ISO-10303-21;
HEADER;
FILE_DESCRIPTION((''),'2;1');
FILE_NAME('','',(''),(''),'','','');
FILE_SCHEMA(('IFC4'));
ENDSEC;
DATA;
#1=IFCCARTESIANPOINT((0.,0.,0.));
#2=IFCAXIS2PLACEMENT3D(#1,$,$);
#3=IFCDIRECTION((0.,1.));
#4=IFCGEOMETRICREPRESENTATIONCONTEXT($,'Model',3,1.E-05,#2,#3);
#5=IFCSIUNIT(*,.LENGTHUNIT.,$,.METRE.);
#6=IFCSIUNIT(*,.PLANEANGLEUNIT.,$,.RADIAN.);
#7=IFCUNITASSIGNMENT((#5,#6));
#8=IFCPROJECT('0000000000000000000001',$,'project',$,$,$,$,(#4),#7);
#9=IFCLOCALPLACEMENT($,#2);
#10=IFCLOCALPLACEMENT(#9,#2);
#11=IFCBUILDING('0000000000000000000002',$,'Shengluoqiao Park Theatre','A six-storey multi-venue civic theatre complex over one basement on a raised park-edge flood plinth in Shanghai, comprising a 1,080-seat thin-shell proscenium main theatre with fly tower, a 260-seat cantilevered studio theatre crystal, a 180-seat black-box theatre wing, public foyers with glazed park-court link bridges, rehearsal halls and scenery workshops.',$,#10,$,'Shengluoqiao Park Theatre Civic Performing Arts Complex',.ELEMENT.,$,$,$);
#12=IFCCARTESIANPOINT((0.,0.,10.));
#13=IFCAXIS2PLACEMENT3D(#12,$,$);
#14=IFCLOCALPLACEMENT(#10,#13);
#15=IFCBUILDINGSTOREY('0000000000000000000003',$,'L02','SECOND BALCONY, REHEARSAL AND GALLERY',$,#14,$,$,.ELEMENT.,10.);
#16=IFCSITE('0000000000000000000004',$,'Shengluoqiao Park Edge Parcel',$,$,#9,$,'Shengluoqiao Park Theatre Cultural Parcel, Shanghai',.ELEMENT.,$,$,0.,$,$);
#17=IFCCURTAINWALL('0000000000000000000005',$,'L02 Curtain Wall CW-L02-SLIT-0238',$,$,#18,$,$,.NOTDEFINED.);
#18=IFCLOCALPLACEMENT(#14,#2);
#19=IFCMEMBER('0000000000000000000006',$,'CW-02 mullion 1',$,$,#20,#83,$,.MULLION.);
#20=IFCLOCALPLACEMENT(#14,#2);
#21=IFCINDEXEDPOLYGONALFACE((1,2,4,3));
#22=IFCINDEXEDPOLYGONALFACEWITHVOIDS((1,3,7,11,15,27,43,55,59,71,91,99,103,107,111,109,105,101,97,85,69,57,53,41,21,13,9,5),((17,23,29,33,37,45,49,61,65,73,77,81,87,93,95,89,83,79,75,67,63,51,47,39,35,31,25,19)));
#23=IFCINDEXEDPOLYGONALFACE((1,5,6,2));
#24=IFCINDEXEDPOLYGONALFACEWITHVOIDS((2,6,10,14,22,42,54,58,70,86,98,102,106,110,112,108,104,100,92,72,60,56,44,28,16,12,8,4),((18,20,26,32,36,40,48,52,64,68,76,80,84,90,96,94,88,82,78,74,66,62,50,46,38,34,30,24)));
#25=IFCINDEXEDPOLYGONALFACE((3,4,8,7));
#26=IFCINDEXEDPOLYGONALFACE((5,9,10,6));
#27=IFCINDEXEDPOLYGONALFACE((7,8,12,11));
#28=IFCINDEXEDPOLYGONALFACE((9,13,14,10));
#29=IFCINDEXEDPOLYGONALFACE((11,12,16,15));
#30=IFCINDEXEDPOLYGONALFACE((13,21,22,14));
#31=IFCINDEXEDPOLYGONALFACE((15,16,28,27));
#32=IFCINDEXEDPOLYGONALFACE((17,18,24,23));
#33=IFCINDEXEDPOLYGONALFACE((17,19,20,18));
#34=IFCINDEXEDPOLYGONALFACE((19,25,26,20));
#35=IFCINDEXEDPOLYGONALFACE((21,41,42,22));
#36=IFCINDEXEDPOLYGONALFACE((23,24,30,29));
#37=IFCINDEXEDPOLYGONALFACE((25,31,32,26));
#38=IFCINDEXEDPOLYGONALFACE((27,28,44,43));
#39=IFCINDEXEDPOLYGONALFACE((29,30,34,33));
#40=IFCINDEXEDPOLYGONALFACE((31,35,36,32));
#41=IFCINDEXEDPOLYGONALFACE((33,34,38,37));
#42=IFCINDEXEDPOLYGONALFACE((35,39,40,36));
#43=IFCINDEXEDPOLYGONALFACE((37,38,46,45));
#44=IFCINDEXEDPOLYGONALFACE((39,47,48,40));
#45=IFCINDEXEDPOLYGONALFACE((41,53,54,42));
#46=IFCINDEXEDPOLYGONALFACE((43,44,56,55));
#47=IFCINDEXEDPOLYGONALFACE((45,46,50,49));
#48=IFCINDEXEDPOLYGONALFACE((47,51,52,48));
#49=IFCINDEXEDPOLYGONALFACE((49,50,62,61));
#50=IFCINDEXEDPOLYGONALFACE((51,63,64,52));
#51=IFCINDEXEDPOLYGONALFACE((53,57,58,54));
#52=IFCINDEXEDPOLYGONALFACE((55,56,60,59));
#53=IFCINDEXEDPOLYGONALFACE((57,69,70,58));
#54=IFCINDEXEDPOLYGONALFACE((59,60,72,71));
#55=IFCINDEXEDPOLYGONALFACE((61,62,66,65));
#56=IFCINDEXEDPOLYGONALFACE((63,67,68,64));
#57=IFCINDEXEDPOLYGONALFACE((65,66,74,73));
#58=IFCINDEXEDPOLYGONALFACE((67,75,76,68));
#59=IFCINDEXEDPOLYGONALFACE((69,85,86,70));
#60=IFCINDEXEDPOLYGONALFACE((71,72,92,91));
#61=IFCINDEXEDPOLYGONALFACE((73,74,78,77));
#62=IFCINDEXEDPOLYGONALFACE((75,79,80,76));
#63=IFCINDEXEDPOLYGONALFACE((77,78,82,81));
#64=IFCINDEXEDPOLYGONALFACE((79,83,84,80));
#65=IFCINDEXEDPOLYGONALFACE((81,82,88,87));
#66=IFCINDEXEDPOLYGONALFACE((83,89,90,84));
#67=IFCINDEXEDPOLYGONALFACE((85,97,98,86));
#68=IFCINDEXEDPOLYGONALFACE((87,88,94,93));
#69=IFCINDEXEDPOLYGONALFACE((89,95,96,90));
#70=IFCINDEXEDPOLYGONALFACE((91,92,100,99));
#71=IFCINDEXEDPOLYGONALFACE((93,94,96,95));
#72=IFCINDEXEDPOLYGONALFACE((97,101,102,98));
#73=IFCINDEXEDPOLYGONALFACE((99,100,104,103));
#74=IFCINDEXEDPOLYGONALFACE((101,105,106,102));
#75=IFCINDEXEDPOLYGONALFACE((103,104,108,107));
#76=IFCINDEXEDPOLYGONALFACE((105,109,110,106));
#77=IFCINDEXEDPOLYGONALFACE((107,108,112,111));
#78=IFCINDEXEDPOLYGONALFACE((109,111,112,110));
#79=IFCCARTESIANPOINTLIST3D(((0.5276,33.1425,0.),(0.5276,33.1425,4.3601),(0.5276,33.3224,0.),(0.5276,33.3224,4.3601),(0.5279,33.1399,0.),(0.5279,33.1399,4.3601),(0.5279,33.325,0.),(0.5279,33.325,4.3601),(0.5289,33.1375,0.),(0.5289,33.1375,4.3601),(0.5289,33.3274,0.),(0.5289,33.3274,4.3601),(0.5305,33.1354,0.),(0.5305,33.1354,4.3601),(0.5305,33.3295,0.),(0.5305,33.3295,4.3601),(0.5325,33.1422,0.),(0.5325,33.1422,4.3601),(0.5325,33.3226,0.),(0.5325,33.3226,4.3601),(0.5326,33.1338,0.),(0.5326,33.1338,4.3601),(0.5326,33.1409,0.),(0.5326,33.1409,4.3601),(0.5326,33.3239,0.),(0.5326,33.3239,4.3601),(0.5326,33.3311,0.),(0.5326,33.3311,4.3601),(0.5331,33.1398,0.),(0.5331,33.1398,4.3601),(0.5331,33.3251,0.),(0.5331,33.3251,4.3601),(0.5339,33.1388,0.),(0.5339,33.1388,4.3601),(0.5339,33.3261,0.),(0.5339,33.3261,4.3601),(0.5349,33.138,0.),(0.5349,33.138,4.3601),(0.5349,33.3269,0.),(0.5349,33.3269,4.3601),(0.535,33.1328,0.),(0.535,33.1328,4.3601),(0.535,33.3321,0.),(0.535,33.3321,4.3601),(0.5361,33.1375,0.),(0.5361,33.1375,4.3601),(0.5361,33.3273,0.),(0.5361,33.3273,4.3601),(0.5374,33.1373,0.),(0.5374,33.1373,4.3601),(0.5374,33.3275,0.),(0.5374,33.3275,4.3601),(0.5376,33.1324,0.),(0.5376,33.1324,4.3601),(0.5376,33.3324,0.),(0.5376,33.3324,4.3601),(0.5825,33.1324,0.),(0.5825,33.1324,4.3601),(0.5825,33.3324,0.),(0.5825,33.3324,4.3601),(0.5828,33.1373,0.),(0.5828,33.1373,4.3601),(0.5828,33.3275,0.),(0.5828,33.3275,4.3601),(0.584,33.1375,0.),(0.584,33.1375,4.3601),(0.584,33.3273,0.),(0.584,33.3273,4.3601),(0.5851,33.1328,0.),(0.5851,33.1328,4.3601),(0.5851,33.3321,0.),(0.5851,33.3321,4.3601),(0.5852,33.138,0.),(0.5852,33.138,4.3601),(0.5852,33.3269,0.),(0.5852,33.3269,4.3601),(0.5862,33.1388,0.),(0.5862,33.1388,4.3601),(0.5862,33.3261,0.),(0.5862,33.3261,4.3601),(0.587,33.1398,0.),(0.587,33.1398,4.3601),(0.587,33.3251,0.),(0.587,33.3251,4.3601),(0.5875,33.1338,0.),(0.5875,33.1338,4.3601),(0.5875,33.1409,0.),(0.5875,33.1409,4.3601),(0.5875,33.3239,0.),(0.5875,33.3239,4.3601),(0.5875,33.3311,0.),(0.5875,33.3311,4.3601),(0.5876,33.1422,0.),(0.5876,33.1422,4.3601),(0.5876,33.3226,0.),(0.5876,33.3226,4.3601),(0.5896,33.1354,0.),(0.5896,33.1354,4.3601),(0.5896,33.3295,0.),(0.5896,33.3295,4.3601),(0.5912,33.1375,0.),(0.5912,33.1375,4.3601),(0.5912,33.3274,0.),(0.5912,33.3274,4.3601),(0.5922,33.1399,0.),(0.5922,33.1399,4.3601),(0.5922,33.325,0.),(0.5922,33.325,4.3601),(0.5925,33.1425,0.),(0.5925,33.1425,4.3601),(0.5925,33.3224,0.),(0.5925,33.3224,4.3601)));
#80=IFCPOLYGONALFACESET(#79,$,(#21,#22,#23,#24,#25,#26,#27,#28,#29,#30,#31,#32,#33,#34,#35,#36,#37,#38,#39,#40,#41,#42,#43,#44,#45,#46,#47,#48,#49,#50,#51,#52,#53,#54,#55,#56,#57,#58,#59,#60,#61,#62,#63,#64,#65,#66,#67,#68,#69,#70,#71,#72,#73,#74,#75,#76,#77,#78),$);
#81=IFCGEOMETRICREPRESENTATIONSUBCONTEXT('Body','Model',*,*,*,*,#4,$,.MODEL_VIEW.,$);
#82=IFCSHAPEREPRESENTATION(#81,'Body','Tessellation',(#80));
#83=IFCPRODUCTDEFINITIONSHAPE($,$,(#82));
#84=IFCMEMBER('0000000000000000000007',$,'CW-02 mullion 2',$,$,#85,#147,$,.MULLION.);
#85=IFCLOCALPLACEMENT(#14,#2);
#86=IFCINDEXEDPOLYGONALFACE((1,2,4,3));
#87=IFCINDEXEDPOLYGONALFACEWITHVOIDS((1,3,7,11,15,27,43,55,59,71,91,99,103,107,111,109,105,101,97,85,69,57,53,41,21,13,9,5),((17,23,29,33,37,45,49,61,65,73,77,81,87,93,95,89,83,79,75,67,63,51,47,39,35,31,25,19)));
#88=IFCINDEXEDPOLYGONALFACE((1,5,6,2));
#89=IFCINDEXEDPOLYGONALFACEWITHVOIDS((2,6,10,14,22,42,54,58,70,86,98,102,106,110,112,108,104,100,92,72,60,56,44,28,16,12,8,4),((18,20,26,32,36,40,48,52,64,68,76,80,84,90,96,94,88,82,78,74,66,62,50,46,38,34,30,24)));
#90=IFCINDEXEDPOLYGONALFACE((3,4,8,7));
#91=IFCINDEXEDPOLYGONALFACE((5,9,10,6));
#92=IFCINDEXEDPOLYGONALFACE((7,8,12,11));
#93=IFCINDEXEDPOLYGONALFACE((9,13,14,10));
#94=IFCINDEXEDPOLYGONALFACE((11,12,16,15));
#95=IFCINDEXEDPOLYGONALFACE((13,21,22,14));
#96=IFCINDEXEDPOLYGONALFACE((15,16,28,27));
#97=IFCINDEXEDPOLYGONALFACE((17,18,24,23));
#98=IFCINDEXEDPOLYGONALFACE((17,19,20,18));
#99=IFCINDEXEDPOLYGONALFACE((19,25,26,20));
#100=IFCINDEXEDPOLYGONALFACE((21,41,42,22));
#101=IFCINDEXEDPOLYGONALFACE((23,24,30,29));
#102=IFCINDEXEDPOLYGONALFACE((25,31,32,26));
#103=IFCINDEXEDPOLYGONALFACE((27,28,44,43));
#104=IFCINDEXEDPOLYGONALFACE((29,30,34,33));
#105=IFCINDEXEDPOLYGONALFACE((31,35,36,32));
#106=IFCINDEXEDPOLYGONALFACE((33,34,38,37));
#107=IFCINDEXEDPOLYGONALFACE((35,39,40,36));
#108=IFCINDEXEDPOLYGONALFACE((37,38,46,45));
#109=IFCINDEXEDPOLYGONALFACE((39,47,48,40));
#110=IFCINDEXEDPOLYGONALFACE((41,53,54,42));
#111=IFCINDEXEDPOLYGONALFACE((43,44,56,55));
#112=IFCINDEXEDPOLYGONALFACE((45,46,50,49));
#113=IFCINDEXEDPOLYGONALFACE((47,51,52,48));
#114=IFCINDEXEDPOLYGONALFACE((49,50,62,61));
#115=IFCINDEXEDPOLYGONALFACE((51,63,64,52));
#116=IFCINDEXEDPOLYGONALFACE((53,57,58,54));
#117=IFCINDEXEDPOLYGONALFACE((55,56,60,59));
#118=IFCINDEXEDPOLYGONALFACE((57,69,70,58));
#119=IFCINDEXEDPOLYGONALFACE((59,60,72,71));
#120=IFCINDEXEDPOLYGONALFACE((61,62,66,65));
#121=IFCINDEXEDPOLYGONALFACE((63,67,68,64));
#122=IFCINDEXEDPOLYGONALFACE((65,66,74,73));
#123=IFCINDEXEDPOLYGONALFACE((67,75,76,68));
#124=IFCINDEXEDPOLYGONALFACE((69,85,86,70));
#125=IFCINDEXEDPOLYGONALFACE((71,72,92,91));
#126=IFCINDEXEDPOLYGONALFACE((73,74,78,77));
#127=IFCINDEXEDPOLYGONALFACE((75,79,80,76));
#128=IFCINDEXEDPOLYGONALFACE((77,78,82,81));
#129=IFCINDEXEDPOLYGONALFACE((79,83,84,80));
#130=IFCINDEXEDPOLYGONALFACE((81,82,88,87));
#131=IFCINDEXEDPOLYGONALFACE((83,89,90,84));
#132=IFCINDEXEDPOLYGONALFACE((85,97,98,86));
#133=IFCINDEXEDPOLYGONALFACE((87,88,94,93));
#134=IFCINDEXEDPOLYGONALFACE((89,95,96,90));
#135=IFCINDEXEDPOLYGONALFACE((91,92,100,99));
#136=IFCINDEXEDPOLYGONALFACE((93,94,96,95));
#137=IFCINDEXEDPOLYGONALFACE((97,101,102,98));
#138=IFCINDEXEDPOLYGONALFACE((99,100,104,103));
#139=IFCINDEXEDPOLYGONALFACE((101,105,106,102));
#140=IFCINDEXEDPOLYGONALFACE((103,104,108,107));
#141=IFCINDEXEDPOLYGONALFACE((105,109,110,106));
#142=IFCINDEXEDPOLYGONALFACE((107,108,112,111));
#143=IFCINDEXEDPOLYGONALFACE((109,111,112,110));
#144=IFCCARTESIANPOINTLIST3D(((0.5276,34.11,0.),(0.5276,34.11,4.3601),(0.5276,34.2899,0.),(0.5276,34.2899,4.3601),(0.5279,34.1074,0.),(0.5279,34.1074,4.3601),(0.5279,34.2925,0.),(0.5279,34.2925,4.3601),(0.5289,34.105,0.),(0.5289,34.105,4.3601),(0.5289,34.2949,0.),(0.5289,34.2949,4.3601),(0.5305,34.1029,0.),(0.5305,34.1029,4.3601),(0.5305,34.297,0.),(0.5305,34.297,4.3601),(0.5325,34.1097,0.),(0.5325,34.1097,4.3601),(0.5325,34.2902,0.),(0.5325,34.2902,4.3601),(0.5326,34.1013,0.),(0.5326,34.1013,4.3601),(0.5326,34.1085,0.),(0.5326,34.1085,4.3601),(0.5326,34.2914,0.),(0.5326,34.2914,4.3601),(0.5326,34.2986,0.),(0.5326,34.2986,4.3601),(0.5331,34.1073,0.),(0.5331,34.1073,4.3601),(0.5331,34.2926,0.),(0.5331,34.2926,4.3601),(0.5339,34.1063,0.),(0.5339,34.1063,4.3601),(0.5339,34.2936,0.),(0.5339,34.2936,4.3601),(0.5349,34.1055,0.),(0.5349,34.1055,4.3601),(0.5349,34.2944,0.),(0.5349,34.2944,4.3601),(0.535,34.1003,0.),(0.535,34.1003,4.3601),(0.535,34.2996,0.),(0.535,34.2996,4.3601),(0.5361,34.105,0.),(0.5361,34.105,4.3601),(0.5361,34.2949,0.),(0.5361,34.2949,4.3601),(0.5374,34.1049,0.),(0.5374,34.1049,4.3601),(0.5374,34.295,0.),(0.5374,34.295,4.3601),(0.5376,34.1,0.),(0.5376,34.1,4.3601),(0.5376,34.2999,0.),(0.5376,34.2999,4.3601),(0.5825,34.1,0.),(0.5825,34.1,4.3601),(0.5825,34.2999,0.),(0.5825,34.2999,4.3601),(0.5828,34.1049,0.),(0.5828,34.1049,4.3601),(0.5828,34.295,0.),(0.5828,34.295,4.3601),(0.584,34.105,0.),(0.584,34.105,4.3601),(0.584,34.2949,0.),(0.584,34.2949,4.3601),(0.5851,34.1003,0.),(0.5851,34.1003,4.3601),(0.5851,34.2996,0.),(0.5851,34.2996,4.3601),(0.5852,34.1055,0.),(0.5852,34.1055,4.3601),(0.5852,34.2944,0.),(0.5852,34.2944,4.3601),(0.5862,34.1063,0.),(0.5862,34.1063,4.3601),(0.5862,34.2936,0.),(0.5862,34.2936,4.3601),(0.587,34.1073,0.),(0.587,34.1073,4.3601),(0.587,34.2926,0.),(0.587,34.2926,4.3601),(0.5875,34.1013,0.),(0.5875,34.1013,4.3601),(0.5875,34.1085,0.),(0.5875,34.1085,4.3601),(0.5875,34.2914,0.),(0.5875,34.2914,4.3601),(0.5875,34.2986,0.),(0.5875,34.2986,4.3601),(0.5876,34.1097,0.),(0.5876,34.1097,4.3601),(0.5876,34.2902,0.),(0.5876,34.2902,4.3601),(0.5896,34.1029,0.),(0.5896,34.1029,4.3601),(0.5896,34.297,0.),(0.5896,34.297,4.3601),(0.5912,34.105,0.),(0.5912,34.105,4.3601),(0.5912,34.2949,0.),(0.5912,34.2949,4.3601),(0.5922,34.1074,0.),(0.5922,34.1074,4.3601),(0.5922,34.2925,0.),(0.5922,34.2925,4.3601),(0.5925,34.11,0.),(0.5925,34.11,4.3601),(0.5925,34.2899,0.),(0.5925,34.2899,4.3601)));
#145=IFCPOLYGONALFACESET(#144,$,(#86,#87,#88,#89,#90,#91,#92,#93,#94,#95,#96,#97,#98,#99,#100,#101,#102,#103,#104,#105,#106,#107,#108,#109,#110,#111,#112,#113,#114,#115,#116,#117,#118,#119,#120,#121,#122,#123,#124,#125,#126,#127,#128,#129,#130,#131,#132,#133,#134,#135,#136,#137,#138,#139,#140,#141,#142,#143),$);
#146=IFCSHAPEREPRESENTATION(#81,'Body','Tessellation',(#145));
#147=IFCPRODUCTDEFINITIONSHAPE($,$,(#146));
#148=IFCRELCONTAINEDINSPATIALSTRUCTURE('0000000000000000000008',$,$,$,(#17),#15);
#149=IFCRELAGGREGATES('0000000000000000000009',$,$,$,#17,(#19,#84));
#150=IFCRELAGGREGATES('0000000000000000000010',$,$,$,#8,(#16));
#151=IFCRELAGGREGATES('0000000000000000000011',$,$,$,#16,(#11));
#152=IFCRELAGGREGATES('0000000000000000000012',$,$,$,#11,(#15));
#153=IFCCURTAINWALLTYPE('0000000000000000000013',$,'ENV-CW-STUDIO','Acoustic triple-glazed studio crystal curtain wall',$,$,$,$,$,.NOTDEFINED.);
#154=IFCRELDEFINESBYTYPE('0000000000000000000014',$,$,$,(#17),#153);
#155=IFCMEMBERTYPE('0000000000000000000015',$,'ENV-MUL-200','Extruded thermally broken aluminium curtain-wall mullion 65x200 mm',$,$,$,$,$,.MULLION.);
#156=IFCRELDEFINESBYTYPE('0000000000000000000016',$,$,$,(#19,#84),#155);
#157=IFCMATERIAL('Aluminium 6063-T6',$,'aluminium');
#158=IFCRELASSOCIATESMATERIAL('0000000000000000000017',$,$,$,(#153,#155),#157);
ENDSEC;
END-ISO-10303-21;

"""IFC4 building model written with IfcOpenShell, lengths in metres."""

from ifc_helpers import new_model, si_unit, direction, frame, origin, origin_2d, place, context, subcontext, project, spatial, hollow_rectangle, extrude, material, material_profile, profile_set, type_object, element, aggregate, save


model = new_model("IFC4")

# Units and contexts
model_context = context("Model", 3, precision=1e-05, world=origin(), true_north=direction((0.0, 1.0)))
body_context = subcontext(model_context, "Body", "Model", "MODEL_VIEW")
ifc_project = project(units=[si_unit("LENGTHUNIT", "METRE"), si_unit("PLANEANGLEUNIT", "RADIAN")], contexts=[model_context])

# Site, building, storey
site_placement = place(None, origin())
site = spatial("IfcSite", under=ifc_project, at=site_placement, Name="Shengluoqiao Park Edge Parcel", LongName="Shengluoqiao Park Theatre Cultural Parcel, Shanghai", CompositionType="ELEMENT", RefElevation=0.0)
building_placement = place(site_placement, origin())
building = spatial("IfcBuilding", under=site, at=building_placement, Name="Shengluoqiao Park Theatre", Description="A six-storey multi-venue civic theatre complex over one basement on a raised park-edge flood plinth in Shanghai, comprising a 1,080-seat thin-shell proscenium main theatre with fly tower, a 260-seat cantilevered studio theatre crystal, a 180-seat black-box theatre wing, public foyers with glazed park-court link bridges, rehearsal halls and scenery workshops.", LongName="Shengluoqiao Park Theatre Civic Performing Arts Complex", CompositionType="ELEMENT")
storey_placement = place(building_placement, frame((0.0, 0.0, 10.0)))
storey = spatial("IfcBuildingStorey", under=building, at=storey_placement, Name="L02", Description="SECOND BALCONY, REHEARSAL AND GALLERY", CompositionType="ELEMENT", Elevation=10.0)

# Curtain wall, members
ifc_material_1 = material(Name="Aluminium 6063-T6", Category="aluminium")
curtain_wall_type = type_object("IfcCurtainWallType", Name="ENV-CW-STUDIO", Description="Acoustic triple-glazed studio crystal curtain wall", PredefinedType="NOTDEFINED", material=ifc_material_1)
curtain_wall_placement = place(storey_placement, origin())
curtain_wall = element("IfcCurtainWall", 1, at=curtain_wall_placement, inside=storey, type_object=curtain_wall_type, Name="L02 Curtain Wall CW-L02-SLIT-0238", PredefinedType="NOTDEFINED")
ifc_material_profile_1 = material_profile(ifc_material_1, hollow_rectangle(XDim=0.0649, YDim=0.2, WallThickness=0.0049, InnerFilletRadius=0.0049, OuterFilletRadius=0.01, at=origin_2d()), Name="ALU MULLION 200x65x5")
ifc_profile_set_1 = profile_set([ifc_material_profile_1], Name="Aluminium 6063-T6")
member_type_1 = type_object("IfcMemberType", Name="ENV-MUL-200", Description="Extruded thermally broken aluminium curtain-wall mullion 65x200 mm", PredefinedType="MULLION", material=ifc_profile_set_1)
member_1_placement = place(storey_placement, frame((0.5601, 33.2324, 0.0), z_axis=(0.0, 0.0, 1.0), x_axis=(-1.0, 0.0, 0.0)))
member_1 = element("IfcMember", 2, at=member_1_placement, type_object=member_type_1, Name="CW-02 mullion 1", PredefinedType="MULLION", context=body_context, shape_type="SweptSolid", body=[
    extrude(hollow_rectangle(XDim=0.0649, YDim=0.2, WallThickness=0.0049, InnerFilletRadius=0.0049, OuterFilletRadius=0.01, at=origin_2d()), origin(), (0.0, 0.0, 1.0), 4.3601),
])
member_2_placement = place(storey_placement, frame((0.5601, 34.2, 0.0), z_axis=(0.0, 0.0, 1.0), x_axis=(-1.0, 0.0, 0.0)))
member_2 = element("IfcMember", 3, at=member_2_placement, type_object=member_type_1, Name="CW-02 mullion 2", PredefinedType="MULLION", context=body_context, shape_type="SweptSolid", body=[
    extrude(hollow_rectangle(XDim=0.0649, YDim=0.2, WallThickness=0.0049, InnerFilletRadius=0.0049, OuterFilletRadius=0.01, at=origin_2d()), origin(), (0.0, 0.0, 1.0), 4.3601),
])

aggregate(curtain_wall, [member_1, member_2])

save(model, "model.ifc")
